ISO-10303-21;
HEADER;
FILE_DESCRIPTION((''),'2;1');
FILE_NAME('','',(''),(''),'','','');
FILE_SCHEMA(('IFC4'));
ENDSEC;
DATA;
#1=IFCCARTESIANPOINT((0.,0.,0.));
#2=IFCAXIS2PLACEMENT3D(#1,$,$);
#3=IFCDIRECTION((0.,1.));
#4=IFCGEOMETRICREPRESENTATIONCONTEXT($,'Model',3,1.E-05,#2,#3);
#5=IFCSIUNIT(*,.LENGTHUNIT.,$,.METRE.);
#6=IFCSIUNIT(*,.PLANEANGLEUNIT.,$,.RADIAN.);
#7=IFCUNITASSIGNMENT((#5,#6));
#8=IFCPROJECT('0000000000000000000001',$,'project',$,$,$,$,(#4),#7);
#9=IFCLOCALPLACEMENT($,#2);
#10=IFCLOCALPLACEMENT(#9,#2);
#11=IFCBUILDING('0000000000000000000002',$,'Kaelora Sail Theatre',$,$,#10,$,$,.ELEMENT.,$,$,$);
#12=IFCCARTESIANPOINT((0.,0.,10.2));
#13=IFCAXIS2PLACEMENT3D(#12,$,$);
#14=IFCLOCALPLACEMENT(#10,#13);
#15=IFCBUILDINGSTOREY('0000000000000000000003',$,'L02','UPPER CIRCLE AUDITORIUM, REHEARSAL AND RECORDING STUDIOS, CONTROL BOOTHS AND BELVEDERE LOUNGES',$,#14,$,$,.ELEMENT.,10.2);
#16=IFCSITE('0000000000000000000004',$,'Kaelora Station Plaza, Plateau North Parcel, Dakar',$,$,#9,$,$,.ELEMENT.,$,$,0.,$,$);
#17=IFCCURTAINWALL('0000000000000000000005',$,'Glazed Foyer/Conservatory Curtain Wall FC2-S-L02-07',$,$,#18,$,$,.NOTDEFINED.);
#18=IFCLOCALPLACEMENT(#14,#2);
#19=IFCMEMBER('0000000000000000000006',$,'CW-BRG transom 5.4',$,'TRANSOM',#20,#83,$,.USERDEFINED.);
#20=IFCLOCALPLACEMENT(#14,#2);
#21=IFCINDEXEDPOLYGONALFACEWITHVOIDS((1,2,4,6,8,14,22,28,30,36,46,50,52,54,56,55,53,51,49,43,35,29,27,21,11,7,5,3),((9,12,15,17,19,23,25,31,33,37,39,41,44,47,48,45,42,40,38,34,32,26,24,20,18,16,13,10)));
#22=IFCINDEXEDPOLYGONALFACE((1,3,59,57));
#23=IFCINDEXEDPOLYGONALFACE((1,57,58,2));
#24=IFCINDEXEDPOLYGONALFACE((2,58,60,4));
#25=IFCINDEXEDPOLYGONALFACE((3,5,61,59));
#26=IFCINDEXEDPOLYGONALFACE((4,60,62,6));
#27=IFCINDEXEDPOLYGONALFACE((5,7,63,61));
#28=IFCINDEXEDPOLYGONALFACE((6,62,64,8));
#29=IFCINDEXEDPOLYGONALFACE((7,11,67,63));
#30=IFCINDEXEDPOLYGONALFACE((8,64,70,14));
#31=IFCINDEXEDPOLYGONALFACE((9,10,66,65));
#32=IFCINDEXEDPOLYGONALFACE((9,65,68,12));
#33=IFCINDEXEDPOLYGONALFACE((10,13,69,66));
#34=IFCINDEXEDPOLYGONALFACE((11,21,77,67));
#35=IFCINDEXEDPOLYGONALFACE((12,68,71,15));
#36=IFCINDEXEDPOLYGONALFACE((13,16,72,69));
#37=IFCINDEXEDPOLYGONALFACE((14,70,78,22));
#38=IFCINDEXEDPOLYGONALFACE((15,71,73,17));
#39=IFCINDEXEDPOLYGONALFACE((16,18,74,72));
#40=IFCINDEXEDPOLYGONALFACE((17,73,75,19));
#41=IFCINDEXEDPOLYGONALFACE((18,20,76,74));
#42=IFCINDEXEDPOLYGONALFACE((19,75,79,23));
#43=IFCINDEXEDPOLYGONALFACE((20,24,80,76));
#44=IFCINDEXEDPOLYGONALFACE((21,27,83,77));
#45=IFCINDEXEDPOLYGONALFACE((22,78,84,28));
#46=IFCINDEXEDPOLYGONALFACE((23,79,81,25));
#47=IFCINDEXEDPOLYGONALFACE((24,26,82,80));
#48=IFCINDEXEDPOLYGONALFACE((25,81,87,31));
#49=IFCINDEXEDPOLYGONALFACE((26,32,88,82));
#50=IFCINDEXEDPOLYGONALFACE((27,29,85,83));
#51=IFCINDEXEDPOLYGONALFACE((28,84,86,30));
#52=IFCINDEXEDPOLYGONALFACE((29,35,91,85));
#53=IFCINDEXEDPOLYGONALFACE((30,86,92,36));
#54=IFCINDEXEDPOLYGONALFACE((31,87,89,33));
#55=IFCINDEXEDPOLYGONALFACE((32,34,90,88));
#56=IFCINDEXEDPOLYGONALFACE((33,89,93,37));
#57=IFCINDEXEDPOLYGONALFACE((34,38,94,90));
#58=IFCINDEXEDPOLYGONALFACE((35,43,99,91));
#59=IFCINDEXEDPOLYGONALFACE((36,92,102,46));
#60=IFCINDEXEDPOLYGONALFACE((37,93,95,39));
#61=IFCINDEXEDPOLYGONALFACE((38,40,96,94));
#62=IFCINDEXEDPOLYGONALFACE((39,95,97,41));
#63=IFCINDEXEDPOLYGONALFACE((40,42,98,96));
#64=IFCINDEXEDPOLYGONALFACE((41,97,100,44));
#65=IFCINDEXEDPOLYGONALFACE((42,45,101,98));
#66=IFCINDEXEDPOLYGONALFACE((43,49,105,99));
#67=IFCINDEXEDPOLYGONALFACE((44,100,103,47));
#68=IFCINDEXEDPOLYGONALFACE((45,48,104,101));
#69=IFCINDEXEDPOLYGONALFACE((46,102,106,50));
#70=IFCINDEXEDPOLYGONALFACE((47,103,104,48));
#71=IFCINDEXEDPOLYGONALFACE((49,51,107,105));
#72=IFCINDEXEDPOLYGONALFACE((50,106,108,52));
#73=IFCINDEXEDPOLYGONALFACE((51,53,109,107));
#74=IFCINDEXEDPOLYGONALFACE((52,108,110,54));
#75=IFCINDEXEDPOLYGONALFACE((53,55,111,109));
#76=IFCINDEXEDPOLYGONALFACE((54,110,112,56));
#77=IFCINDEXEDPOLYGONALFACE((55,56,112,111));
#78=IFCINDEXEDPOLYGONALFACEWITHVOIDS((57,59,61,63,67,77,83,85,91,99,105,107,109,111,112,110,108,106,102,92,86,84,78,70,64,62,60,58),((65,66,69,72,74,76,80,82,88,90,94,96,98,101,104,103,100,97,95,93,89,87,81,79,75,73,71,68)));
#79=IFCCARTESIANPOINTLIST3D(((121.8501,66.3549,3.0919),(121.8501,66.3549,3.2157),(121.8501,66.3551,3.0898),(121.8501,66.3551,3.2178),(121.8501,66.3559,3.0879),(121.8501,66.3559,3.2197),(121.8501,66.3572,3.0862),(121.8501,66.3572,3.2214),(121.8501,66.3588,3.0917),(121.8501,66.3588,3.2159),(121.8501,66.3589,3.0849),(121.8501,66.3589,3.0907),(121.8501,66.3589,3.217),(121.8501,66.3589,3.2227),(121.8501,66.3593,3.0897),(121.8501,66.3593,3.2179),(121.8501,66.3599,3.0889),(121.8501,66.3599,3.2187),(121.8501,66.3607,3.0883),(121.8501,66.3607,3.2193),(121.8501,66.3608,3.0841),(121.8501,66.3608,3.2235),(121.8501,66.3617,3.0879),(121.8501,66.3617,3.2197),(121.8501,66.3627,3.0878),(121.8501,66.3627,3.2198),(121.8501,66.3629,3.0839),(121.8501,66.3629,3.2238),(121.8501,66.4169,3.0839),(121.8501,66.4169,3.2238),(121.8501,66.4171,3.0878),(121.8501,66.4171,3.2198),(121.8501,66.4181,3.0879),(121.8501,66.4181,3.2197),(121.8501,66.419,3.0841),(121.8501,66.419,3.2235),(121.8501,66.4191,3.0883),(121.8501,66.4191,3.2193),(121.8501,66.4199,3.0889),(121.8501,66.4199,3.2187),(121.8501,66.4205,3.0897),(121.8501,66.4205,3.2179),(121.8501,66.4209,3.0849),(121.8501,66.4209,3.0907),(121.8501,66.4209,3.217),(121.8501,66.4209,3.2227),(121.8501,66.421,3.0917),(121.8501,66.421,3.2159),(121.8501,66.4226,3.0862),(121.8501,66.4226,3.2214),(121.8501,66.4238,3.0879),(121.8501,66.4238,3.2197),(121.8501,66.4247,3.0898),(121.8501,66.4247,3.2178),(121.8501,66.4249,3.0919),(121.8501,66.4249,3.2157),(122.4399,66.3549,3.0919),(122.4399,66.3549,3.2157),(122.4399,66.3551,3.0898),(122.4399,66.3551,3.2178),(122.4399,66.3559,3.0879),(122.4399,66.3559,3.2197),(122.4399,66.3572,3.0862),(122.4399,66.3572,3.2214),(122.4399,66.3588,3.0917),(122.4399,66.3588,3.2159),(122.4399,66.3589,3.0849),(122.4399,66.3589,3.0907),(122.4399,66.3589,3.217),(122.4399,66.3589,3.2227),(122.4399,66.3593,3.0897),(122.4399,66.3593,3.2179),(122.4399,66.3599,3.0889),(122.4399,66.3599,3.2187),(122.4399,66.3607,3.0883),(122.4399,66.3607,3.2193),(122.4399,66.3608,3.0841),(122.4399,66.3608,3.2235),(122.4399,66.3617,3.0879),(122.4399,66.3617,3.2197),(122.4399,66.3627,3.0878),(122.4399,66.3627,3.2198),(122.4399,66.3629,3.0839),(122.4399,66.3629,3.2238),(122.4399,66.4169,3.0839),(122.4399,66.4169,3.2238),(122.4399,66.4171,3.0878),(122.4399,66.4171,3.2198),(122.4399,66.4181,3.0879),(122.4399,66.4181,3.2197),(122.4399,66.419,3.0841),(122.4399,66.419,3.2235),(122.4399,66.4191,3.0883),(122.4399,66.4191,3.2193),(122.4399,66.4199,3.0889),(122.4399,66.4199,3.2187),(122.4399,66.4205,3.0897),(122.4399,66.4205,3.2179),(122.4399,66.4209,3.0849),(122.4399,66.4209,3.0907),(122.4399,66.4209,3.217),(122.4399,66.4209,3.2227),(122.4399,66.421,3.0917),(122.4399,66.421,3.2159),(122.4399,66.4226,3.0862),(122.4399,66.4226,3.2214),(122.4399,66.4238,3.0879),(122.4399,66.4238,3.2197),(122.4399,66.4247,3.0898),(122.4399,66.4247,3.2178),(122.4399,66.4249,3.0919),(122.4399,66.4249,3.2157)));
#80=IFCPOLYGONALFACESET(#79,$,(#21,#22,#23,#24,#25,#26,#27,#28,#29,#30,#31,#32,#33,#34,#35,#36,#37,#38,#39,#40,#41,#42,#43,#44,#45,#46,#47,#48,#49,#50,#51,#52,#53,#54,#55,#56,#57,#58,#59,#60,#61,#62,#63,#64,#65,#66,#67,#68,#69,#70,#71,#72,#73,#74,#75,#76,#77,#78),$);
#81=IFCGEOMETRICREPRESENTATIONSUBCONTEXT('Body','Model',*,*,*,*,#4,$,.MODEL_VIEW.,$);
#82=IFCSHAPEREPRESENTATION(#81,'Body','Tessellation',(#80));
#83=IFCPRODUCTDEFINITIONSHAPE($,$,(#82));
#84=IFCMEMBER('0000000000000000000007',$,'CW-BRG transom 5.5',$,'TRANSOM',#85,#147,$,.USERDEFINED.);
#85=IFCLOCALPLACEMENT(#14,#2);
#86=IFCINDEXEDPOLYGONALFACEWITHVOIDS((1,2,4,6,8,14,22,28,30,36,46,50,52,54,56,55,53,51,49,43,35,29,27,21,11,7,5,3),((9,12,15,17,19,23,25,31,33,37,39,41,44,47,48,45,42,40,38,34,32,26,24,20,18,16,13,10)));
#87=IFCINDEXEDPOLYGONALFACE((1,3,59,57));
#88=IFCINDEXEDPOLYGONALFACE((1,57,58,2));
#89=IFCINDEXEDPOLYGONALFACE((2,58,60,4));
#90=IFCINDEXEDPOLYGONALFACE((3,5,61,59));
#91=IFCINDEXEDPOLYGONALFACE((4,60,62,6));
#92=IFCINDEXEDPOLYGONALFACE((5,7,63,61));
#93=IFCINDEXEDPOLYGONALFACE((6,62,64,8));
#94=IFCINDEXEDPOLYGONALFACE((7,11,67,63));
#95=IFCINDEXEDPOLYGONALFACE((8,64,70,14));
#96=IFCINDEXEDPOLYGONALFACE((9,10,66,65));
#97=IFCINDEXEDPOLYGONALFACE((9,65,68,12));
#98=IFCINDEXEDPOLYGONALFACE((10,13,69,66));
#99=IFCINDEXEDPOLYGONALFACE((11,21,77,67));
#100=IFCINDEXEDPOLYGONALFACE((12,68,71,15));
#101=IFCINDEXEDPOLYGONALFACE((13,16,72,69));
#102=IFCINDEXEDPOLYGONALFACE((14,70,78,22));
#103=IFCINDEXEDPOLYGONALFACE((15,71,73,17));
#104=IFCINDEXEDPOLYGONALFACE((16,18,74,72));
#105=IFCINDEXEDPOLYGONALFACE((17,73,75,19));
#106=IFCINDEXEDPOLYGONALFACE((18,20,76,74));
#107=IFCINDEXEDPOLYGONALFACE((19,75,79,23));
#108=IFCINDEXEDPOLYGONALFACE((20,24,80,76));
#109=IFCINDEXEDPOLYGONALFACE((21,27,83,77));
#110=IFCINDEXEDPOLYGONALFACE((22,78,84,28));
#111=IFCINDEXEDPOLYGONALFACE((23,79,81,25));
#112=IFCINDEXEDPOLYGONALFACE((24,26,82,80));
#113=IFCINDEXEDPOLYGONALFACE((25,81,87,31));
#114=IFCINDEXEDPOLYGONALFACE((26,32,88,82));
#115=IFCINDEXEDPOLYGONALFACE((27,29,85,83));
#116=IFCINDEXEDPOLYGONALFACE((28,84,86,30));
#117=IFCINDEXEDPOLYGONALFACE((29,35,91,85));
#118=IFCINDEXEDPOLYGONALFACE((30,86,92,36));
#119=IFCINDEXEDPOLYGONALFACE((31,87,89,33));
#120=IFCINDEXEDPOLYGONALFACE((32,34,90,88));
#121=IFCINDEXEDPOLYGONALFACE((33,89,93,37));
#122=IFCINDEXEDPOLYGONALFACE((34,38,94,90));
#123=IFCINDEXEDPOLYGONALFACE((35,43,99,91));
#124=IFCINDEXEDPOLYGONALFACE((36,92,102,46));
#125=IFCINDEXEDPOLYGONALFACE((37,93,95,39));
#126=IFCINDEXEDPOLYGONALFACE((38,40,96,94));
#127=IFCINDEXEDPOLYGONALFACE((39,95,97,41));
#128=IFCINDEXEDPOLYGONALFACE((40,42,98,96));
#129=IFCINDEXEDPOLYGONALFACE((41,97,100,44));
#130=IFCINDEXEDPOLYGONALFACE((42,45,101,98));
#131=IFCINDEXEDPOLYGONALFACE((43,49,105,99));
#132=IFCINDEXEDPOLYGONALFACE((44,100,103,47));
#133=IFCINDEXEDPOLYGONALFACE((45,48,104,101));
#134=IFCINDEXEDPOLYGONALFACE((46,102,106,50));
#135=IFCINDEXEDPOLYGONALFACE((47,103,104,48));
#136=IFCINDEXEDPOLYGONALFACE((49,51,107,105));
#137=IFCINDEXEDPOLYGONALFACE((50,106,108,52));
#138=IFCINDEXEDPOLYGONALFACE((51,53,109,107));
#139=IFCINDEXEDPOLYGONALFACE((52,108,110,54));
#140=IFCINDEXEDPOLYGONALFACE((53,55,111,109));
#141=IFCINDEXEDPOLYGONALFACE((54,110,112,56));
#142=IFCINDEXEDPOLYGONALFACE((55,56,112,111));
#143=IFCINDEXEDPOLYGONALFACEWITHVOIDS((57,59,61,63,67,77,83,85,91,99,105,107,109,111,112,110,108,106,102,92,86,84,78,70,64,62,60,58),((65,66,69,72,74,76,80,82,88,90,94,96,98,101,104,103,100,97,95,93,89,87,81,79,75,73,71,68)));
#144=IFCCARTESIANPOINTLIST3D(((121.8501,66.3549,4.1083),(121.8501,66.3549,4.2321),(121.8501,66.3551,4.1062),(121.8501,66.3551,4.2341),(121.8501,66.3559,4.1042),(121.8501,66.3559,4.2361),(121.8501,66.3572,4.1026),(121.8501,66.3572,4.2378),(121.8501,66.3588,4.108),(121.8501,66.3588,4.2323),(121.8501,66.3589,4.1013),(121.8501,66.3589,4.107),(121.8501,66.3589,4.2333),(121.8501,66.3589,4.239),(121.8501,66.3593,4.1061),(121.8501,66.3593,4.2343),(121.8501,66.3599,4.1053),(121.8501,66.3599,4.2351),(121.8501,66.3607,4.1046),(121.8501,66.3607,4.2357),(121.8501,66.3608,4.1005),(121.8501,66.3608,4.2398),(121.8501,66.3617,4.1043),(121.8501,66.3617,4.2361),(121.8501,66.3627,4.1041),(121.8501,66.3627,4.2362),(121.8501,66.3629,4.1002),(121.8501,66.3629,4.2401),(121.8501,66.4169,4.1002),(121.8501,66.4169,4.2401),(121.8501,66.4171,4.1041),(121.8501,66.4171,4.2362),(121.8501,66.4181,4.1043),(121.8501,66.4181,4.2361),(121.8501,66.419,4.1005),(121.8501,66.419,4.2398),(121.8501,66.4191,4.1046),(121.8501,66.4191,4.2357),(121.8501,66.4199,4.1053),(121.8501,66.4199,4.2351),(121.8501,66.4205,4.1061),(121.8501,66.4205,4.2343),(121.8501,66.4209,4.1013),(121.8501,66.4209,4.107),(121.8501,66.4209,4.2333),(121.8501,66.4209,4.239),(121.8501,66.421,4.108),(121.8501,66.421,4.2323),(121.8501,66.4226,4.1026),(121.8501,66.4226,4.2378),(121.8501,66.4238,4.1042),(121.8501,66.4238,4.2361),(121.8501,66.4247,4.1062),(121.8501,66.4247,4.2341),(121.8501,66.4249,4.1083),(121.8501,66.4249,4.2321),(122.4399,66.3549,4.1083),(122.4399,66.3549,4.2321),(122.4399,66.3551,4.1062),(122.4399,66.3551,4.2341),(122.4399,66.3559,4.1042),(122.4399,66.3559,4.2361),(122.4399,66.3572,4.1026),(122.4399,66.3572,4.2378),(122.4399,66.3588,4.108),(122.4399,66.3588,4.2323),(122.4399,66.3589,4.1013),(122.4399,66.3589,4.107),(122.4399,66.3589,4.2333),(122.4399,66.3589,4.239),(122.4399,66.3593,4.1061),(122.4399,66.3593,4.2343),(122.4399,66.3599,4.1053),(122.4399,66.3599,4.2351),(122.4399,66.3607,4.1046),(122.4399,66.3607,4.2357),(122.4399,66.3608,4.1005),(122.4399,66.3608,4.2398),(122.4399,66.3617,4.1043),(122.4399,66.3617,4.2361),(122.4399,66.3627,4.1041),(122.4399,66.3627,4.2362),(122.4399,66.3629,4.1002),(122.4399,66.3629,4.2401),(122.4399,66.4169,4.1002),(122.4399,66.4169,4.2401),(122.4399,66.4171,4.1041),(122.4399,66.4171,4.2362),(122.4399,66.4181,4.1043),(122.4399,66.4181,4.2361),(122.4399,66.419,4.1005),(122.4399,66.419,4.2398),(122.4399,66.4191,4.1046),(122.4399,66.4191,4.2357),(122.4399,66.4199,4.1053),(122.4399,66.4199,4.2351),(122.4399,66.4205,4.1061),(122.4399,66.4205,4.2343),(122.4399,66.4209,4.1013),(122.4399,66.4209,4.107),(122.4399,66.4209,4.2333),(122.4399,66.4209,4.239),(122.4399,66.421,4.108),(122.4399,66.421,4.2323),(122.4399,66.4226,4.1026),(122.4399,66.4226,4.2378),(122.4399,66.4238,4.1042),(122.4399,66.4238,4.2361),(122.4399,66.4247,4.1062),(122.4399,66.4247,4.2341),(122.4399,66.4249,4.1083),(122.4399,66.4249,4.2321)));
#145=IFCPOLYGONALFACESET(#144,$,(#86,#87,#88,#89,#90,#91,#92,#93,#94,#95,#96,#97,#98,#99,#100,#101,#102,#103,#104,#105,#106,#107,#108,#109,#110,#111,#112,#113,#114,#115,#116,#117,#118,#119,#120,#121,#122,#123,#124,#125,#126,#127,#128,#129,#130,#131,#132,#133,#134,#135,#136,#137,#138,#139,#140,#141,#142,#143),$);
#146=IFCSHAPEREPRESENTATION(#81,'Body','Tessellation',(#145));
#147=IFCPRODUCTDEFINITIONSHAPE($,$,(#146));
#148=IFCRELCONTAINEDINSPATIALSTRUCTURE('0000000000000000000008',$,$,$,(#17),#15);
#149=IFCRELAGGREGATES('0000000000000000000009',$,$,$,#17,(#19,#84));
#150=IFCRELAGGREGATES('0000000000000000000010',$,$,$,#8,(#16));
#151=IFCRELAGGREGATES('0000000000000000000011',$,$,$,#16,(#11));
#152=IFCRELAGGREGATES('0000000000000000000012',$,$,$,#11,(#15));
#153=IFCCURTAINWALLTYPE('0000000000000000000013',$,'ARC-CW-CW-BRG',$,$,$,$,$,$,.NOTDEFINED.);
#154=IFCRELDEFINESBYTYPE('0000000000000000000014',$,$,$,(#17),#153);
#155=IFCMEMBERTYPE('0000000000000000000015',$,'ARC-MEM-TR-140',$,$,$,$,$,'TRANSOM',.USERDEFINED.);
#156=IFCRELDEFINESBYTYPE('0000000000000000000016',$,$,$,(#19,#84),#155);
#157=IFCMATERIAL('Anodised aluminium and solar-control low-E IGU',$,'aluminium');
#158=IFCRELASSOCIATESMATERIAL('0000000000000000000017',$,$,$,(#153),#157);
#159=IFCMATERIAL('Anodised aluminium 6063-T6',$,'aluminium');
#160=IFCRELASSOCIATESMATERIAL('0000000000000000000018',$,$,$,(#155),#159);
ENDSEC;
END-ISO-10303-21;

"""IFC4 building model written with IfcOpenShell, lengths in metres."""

from ifc_helpers import new_model, si_unit, direction, frame, origin, origin_2d, place, context, subcontext, project, spatial, hollow_rectangle, extrude, material, material_profile, profile_set, type_object, element, aggregate, save


model = new_model("IFC4")

# Units and contexts
model_context = context("Model", 3, precision=1e-05, world=origin(), true_north=direction((0.0, 1.0)))
body_context = subcontext(model_context, "Body", "Model", "MODEL_VIEW")
ifc_project = project(units=[si_unit("LENGTHUNIT", "METRE"), si_unit("PLANEANGLEUNIT", "RADIAN")], contexts=[model_context])

# Site, building, storey
site_placement = place(None, origin())
site = spatial("IfcSite", under=ifc_project, at=site_placement, Name="Kaelora Station Plaza, Plateau North Parcel, Dakar", CompositionType="ELEMENT", RefElevation=0.0)
building_placement = place(site_placement, origin())
building = spatial("IfcBuilding", under=site, at=building_placement, Name="Kaelora Sail Theatre", CompositionType="ELEMENT")
storey_placement = place(building_placement, frame((0.0, 0.0, 10.2)))
storey = spatial("IfcBuildingStorey", under=building, at=storey_placement, Name="L02", Description="UPPER CIRCLE AUDITORIUM, REHEARSAL AND RECORDING STUDIOS, CONTROL BOOTHS AND BELVEDERE LOUNGES", CompositionType="ELEMENT", Elevation=10.2)

# Curtain wall
ifc_material_1 = material(Name="Anodised aluminium and solar-control low-E IGU", Category="aluminium")
curtain_wall_type = type_object("IfcCurtainWallType", Name="ARC-CW-CW-BRG", PredefinedType="NOTDEFINED", material=ifc_material_1)
curtain_wall_1_placement = place(storey_placement, origin())
curtain_wall_1 = element("IfcCurtainWall", 1, at=curtain_wall_1_placement, inside=storey, type_object=curtain_wall_type, Name="Glazed Foyer/Conservatory Curtain Wall FC2-S-L02-07", PredefinedType="NOTDEFINED")

# Members
ifc_material_2 = material(Name="Anodised aluminium 6063-T6", Category="aluminium")
ifc_material_profile_1 = material_profile(ifc_material_2, hollow_rectangle(XDim=0.0701, YDim=0.1399, WallThickness=0.0039, InnerFilletRadius=0.0039, OuterFilletRadius=0.0081, at=origin_2d()), Name="ALU-TRAN 70x140x4")
ifc_profile_set_1 = profile_set([ifc_material_profile_1], Name="Anodised aluminium 6063-T6")
member_type_1 = type_object("IfcMemberType", Name="ARC-MEM-TR-140", ElementType="TRANSOM", PredefinedType="USERDEFINED", material=ifc_profile_set_1)
member_1_placement = place(storey_placement, frame((121.8501, 66.3899, 3.1538), z_axis=(1.0, 0.0, 0.0), x_axis=(0.0, 1.0, 0.0)))
member_1 = element("IfcMember", 2, at=member_1_placement, type_object=member_type_1, Name="CW-BRG transom 5.4", ObjectType="TRANSOM", PredefinedType="USERDEFINED", context=body_context, shape_type="SweptSolid", body=[
    extrude(hollow_rectangle(XDim=0.0701, YDim=0.1399, WallThickness=0.0039, InnerFilletRadius=0.0039, OuterFilletRadius=0.0081, at=origin_2d()), origin(), (0.0, 0.0, 1.0), 0.5898),
])
member_2_placement = place(storey_placement, frame((121.8501, 66.3899, 4.1702), z_axis=(1.0, 0.0, 0.0), x_axis=(0.0, 1.0, 0.0)))
member_2 = element("IfcMember", 3, at=member_2_placement, type_object=member_type_1, Name="CW-BRG transom 5.5", ObjectType="TRANSOM", PredefinedType="USERDEFINED", context=body_context, shape_type="SweptSolid", body=[
    extrude(hollow_rectangle(XDim=0.0701, YDim=0.1399, WallThickness=0.0039, InnerFilletRadius=0.0039, OuterFilletRadius=0.0081, at=origin_2d()), origin(), (0.0, 0.0, 1.0), 0.5898),
])

aggregate(curtain_wall_1, [member_1, member_2])

save(model, "model.ifc")
